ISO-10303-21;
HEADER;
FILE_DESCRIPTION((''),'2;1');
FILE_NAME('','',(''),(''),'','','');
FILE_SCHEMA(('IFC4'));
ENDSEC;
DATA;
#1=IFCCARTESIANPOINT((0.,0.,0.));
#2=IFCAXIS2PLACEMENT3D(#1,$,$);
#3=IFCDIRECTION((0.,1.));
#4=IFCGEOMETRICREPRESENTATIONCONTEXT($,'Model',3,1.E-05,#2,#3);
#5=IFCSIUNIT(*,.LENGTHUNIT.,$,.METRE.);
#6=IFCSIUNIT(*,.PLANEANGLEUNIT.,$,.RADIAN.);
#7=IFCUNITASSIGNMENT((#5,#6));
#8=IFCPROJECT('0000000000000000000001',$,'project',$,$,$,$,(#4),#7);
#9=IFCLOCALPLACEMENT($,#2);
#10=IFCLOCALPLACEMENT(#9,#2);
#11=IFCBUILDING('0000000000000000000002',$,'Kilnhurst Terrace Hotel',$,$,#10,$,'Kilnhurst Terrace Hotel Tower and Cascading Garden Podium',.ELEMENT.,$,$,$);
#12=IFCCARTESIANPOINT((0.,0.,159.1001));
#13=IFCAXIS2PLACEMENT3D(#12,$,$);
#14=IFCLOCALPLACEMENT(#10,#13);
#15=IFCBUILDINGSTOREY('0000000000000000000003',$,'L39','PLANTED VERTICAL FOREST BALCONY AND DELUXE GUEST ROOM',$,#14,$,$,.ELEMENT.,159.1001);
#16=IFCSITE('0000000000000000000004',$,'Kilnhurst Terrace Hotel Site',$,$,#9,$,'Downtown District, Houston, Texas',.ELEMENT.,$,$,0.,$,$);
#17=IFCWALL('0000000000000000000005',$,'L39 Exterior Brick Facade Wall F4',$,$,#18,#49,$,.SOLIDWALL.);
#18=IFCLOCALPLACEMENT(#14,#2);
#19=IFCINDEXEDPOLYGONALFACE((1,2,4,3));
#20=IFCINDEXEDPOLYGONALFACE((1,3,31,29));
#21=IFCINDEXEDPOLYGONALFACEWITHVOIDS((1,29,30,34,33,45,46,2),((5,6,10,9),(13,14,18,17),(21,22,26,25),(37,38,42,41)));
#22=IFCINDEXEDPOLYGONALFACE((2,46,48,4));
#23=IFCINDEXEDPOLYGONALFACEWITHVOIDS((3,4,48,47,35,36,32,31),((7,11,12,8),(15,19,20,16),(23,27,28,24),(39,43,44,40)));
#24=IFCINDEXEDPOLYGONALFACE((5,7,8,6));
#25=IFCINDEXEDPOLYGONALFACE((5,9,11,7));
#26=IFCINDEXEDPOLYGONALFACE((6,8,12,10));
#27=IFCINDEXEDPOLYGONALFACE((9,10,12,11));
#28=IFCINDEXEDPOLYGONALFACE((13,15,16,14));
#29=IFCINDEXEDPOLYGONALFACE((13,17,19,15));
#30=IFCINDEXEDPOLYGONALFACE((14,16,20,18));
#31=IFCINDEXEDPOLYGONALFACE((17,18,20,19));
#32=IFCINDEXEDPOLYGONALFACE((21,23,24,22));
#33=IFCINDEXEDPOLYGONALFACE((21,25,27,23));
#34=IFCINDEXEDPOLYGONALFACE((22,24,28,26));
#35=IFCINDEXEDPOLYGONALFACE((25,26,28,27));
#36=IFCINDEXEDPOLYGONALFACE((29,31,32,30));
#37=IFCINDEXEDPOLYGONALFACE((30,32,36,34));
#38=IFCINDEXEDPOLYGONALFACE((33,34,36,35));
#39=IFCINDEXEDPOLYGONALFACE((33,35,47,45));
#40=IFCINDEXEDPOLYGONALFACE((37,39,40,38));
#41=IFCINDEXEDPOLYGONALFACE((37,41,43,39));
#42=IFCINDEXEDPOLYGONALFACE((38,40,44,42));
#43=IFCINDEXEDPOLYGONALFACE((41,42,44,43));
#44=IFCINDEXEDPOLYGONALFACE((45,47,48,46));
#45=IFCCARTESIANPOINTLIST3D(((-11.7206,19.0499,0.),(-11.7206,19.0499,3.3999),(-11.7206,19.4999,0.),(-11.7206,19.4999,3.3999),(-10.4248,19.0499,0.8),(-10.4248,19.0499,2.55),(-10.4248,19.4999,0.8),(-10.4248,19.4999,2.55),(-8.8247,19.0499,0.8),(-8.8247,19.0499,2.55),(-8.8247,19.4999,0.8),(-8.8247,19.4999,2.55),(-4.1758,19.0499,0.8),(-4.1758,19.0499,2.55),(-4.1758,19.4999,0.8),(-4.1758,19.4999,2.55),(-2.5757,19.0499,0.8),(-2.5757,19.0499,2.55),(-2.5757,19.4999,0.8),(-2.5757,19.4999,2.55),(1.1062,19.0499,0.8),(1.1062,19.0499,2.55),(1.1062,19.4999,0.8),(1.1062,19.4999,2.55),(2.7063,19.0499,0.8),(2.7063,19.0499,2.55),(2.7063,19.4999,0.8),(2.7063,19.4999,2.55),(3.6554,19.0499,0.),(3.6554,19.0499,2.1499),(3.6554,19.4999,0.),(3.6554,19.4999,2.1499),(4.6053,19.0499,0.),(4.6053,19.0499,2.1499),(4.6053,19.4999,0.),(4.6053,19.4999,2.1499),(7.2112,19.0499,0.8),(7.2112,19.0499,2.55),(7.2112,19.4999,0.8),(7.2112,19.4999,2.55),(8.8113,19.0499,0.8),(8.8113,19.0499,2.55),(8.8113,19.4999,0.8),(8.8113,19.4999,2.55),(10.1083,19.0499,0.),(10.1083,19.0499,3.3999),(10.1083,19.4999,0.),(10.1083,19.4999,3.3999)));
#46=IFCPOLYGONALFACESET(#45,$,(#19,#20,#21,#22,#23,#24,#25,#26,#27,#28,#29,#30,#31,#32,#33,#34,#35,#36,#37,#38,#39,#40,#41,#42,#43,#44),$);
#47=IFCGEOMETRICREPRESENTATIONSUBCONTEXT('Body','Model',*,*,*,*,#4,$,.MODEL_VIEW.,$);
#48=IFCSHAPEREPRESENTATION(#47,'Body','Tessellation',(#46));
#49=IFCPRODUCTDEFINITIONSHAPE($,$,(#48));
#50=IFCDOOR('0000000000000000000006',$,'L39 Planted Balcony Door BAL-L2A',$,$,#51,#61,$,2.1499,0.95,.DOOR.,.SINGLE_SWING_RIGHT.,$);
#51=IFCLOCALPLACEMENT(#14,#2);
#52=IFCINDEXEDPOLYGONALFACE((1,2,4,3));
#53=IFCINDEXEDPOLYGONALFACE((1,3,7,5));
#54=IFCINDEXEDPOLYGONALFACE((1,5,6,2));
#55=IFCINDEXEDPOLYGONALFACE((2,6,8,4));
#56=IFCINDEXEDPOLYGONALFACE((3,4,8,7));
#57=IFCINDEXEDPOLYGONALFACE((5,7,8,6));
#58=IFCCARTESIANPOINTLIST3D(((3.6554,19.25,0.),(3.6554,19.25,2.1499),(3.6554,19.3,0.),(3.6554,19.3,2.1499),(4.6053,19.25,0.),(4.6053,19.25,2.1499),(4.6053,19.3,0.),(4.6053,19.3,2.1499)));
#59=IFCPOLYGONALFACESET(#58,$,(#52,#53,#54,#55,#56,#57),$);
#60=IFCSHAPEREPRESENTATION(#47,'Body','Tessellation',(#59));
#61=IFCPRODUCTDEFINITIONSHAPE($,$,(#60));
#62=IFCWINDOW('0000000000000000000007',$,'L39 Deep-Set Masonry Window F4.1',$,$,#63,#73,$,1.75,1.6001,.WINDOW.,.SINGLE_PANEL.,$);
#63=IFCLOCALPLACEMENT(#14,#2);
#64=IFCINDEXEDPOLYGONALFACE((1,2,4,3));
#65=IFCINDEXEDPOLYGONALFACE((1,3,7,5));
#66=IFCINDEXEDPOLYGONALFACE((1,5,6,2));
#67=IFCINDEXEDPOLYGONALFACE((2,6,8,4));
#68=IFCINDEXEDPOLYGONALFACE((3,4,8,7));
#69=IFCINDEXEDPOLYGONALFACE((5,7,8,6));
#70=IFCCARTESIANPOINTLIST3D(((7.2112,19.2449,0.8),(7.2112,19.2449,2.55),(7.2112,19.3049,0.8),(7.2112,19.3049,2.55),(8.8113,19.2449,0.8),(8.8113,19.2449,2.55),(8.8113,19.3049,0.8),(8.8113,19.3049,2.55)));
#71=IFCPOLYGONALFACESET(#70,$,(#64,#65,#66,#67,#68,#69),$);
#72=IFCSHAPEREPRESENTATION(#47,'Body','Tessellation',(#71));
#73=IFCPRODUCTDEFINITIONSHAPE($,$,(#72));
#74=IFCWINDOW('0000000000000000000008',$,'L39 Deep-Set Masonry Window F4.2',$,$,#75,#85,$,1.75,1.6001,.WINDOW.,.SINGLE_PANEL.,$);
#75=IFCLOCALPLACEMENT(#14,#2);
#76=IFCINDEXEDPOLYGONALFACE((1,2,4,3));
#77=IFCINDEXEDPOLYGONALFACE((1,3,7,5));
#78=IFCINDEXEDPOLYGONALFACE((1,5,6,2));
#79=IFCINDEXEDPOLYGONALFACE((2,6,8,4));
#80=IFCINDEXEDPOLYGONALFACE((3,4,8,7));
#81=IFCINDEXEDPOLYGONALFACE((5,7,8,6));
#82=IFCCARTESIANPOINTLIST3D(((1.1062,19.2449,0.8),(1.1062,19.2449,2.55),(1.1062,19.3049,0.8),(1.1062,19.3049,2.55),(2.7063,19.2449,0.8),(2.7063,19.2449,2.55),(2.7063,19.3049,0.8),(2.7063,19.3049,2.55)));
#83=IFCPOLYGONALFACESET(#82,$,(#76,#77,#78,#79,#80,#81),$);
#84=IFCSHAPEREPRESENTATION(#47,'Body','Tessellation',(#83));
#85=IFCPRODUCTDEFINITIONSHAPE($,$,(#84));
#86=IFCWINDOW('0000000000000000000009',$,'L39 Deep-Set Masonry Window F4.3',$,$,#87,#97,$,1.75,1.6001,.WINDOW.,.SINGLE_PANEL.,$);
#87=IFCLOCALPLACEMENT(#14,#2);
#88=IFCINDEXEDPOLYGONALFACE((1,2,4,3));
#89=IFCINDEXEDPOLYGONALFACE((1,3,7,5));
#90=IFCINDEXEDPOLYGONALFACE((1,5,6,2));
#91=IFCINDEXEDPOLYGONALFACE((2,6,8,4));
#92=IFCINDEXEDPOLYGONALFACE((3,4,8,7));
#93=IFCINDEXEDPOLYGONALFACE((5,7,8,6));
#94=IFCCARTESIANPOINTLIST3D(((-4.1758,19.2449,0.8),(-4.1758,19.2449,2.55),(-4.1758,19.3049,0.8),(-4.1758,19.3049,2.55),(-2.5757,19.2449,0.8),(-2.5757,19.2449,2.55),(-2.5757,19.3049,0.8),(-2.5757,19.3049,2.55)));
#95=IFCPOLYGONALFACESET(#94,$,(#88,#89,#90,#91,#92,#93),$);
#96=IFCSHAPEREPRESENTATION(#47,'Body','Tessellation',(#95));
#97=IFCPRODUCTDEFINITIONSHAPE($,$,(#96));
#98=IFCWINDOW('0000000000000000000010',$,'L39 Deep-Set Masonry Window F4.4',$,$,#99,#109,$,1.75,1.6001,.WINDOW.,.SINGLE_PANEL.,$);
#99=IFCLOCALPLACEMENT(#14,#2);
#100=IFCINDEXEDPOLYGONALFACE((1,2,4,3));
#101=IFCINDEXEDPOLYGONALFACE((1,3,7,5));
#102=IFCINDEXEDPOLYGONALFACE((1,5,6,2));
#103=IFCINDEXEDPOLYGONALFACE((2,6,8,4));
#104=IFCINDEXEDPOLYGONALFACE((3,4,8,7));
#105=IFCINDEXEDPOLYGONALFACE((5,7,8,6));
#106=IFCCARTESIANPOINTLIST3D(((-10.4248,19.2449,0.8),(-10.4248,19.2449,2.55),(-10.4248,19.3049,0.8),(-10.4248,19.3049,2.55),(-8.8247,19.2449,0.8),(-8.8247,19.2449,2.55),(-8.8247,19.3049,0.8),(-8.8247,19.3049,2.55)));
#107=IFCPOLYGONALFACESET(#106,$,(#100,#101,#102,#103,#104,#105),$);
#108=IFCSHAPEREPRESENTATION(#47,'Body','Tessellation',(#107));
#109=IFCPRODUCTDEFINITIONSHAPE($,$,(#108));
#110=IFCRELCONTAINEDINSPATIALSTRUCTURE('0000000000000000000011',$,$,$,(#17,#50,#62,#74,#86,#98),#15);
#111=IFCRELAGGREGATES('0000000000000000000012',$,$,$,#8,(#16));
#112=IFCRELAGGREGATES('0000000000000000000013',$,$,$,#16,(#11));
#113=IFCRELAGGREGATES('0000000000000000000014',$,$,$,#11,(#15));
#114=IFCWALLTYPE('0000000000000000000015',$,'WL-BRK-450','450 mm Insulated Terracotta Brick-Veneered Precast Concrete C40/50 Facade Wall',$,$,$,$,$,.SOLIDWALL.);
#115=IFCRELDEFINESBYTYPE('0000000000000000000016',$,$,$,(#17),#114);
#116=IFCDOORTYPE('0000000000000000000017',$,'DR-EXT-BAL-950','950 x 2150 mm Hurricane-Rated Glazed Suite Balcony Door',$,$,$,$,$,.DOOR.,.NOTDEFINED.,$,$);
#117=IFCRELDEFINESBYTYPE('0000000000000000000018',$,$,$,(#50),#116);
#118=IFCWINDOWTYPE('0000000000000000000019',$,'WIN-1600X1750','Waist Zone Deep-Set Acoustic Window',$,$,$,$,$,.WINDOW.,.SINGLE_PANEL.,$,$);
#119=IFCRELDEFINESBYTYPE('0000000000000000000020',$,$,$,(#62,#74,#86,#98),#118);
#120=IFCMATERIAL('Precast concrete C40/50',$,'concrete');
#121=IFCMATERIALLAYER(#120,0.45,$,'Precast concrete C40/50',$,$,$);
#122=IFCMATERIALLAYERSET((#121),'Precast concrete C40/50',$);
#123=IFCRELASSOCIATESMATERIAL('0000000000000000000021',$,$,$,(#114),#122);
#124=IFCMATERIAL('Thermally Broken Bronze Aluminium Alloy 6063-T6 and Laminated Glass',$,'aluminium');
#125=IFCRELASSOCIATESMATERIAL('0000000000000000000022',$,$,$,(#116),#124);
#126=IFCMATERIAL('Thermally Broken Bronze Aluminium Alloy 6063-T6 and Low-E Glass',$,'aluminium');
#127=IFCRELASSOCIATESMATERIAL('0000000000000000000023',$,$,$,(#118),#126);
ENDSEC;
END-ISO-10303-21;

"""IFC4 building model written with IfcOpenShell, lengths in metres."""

from ifc_helpers import new_model, si_unit, direction, frame, frame_2d, origin, place, context, subcontext, project, spatial, rectangle, extrude, material, layer, layer_set, type_object, element, fill, save


model = new_model("IFC4")

# Units and contexts
model_context = context("Model", 3, precision=1e-05, world=origin(), true_north=direction((0.0, 1.0)))
body_context = subcontext(model_context, "Body", "Model", "MODEL_VIEW")
ifc_project = project(units=[si_unit("LENGTHUNIT", "METRE"), si_unit("PLANEANGLEUNIT", "RADIAN")], contexts=[model_context])

# Site, building, storey
site_placement = place(None, origin())
site = spatial("IfcSite", under=ifc_project, at=site_placement, Name="Kilnhurst Terrace Hotel Site", LongName="Downtown District, Houston, Texas", CompositionType="ELEMENT", RefElevation=0.0)
building_placement = place(site_placement, origin())
building = spatial("IfcBuilding", under=site, at=building_placement, Name="Kilnhurst Terrace Hotel", LongName="Kilnhurst Terrace Hotel Tower and Cascading Garden Podium", CompositionType="ELEMENT")
storey_placement = place(building_placement, frame((0.0, 0.0, 159.1001)))
storey = spatial("IfcBuildingStorey", under=building, at=storey_placement, Name="L39", Description="PLANTED VERTICAL FOREST BALCONY AND DELUXE GUEST ROOM", CompositionType="ELEMENT", Elevation=159.1001)

# Shared definitions
ifc_material_1 = material(Name="Precast concrete C40/50", Category="concrete")
ifc_layer_1 = layer(ifc_material_1, 0.45, Name="Precast concrete C40/50")
ifc_layer_set_1 = layer_set([ifc_layer_1], Name="Precast concrete C40/50")
wall_type_1 = type_object("IfcWallType", Name="WL-BRK-450", Description="450 mm Insulated Terracotta Brick-Veneered Precast Concrete C40/50 Facade Wall", PredefinedType="SOLIDWALL", material=ifc_layer_set_1)

# Wall, openings, door, windows
wall_1_placement = place(storey_placement, frame((10.1084, 19.2749, 0.0), z_axis=(0.0, 0.0, 1.0), x_axis=(-1.0, 0.0, 0.0)))
wall_1 = element("IfcWall", 1, at=wall_1_placement, inside=storey, type_object=wall_type_1, Name="L39 Exterior Brick Facade Wall F4", PredefinedType="SOLIDWALL", context=body_context, shape_type="SweptSolid", body=[
    extrude(rectangle(XDim=21.8289, YDim=0.45, at=frame_2d((10.9146, 0.0))), origin(), (0.0, 0.0, 1.0), 3.3999),
])
opening_1_placement = place(wall_1_placement, frame((5.5029, 0.0, 0.0)))
opening_1 = element("IfcOpeningElement", 2, at=opening_1_placement, cuts=wall_1, PredefinedType="OPENING", context=body_context, shape_type="SweptSolid", body=[
    extrude(rectangle(XDim=0.95, YDim=2.1499, at=frame_2d((0.4751, 1.075))), frame((0.0, 0.2349, 0.0), z_axis=(0.0, -1.0, 0.0), x_axis=(1.0, 0.0, 0.0)), (0.0, 0.0, 1.0), 0.47),
])
opening_2_placement = place(wall_1_placement, frame((1.2971, 0.0, 0.8)))
opening_2 = element("IfcOpeningElement", 3, at=opening_2_placement, cuts=wall_1, PredefinedType="OPENING", context=body_context, shape_type="SweptSolid", body=[
    extrude(rectangle(XDim=1.6001, YDim=1.75, at=frame_2d((0.8, 0.875))), frame((0.0, 0.2349, 0.0), z_axis=(0.0, -1.0, 0.0), x_axis=(1.0, 0.0, 0.0)), (0.0, 0.0, 1.0), 0.47),
])
opening_3_placement = place(wall_1_placement, frame((7.4021, 0.0, 0.8)))
opening_3 = element("IfcOpeningElement", 4, at=opening_3_placement, cuts=wall_1, PredefinedType="OPENING", context=body_context, shape_type="SweptSolid", body=[
    extrude(rectangle(XDim=1.6001, YDim=1.75, at=frame_2d((0.8, 0.875))), frame((0.0, 0.2349, 0.0), z_axis=(0.0, -1.0, 0.0), x_axis=(1.0, 0.0, 0.0)), (0.0, 0.0, 1.0), 0.47),
])
opening_4_placement = place(wall_1_placement, frame((12.6841, 0.0, 0.8)))
opening_4 = element("IfcOpeningElement", 5, at=opening_4_placement, cuts=wall_1, PredefinedType="OPENING", context=body_context, shape_type="SweptSolid", body=[
    extrude(rectangle(XDim=1.6001, YDim=1.75, at=frame_2d((0.8, 0.875))), frame((0.0, 0.2349, 0.0), z_axis=(0.0, -1.0, 0.0), x_axis=(1.0, 0.0, 0.0)), (0.0, 0.0, 1.0), 0.47),
])
opening_5_placement = place(wall_1_placement, frame((18.9331, 0.0, 0.8)))
opening_5 = element("IfcOpeningElement", 6, at=opening_5_placement, cuts=wall_1, PredefinedType="OPENING", context=body_context, shape_type="SweptSolid", body=[
    extrude(rectangle(XDim=1.6001, YDim=1.75, at=frame_2d((0.8, 0.875))), frame((0.0, 0.2349, 0.0), z_axis=(0.0, -1.0, 0.0), x_axis=(1.0, 0.0, 0.0)), (0.0, 0.0, 1.0), 0.47),
])
ifc_material_2 = material(Name="Thermally Broken Bronze Aluminium Alloy 6063-T6 and Laminated Glass", Category="aluminium")
door_type_1 = type_object("IfcDoorType", Name="DR-EXT-BAL-950", Description="950 x 2150 mm Hurricane-Rated Glazed Suite Balcony Door", OperationType="NOTDEFINED", PredefinedType="DOOR", material=ifc_material_2)
door_1_placement = place(opening_1_placement, origin())
door_1 = element("IfcDoor", 7, at=door_1_placement, inside=storey, type_object=door_type_1, Name="L39 Planted Balcony Door BAL-L2A", OperationType="SINGLE_SWING_RIGHT", OverallHeight=2.1499, OverallWidth=0.95, PredefinedType="DOOR", context=body_context, shape_type="SweptSolid", body=[
    extrude(rectangle(XDim=0.95, YDim=2.1499, at=frame_2d((0.4751, 1.075))), frame((0.0, 0.0249, 0.0), z_axis=(0.0, -1.0, 0.0), x_axis=(1.0, 0.0, 0.0)), (0.0, 0.0, 1.0), 0.05),
])
fill(opening_1, door_1)
ifc_material_3 = material(Name="Thermally Broken Bronze Aluminium Alloy 6063-T6 and Low-E Glass", Category="aluminium")
window_type = type_object("IfcWindowType", Name="WIN-1600X1750", Description="Waist Zone Deep-Set Acoustic Window", PartitioningType="SINGLE_PANEL", PredefinedType="WINDOW", material=ifc_material_3)
window_1_placement = place(opening_2_placement, origin())
window_1 = element("IfcWindow", 8, at=window_1_placement, inside=storey, type_object=window_type, Name="L39 Deep-Set Masonry Window F4.1", OverallHeight=1.75, OverallWidth=1.6001, PartitioningType="SINGLE_PANEL", PredefinedType="WINDOW", context=body_context, shape_type="SweptSolid", body=[
    extrude(rectangle(XDim=1.6001, YDim=1.75, at=frame_2d((0.8, 0.875))), frame((0.0, 0.03, 0.0), z_axis=(0.0, -1.0, 0.0), x_axis=(1.0, 0.0, 0.0)), (0.0, 0.0, 1.0), 0.0601),
])
fill(opening_2, window_1)
window_2_placement = place(opening_3_placement, origin())
window_2 = element("IfcWindow", 9, at=window_2_placement, inside=storey, type_object=window_type, Name="L39 Deep-Set Masonry Window F4.2", OverallHeight=1.75, OverallWidth=1.6001, PartitioningType="SINGLE_PANEL", PredefinedType="WINDOW", context=body_context, shape_type="SweptSolid", body=[
    extrude(rectangle(XDim=1.6001, YDim=1.75, at=frame_2d((0.8, 0.875))), frame((0.0, 0.03, 0.0), z_axis=(0.0, -1.0, 0.0), x_axis=(1.0, 0.0, 0.0)), (0.0, 0.0, 1.0), 0.0601),
])
fill(opening_3, window_2)
window_3_placement = place(opening_4_placement, origin())
window_3 = element("IfcWindow", 10, at=window_3_placement, inside=storey, type_object=window_type, Name="L39 Deep-Set Masonry Window F4.3", OverallHeight=1.75, OverallWidth=1.6001, PartitioningType="SINGLE_PANEL", PredefinedType="WINDOW", context=body_context, shape_type="SweptSolid", body=[
    extrude(rectangle(XDim=1.6001, YDim=1.75, at=frame_2d((0.8, 0.875))), frame((0.0, 0.03, 0.0), z_axis=(0.0, -1.0, 0.0), x_axis=(1.0, 0.0, 0.0)), (0.0, 0.0, 1.0), 0.0601),
])
fill(opening_4, window_3)
window_4_placement = place(opening_5_placement, origin())
window_4 = element("IfcWindow", 11, at=window_4_placement, inside=storey, type_object=window_type, Name="L39 Deep-Set Masonry Window F4.4", OverallHeight=1.75, OverallWidth=1.6001, PartitioningType="SINGLE_PANEL", PredefinedType="WINDOW", context=body_context, shape_type="SweptSolid", body=[
    extrude(rectangle(XDim=1.6001, YDim=1.75, at=frame_2d((0.8, 0.875))), frame((0.0, 0.03, 0.0), z_axis=(0.0, -1.0, 0.0), x_axis=(1.0, 0.0, 0.0)), (0.0, 0.0, 1.0), 0.0601),
])
fill(opening_5, window_4)

save(model, "model.ifc")
